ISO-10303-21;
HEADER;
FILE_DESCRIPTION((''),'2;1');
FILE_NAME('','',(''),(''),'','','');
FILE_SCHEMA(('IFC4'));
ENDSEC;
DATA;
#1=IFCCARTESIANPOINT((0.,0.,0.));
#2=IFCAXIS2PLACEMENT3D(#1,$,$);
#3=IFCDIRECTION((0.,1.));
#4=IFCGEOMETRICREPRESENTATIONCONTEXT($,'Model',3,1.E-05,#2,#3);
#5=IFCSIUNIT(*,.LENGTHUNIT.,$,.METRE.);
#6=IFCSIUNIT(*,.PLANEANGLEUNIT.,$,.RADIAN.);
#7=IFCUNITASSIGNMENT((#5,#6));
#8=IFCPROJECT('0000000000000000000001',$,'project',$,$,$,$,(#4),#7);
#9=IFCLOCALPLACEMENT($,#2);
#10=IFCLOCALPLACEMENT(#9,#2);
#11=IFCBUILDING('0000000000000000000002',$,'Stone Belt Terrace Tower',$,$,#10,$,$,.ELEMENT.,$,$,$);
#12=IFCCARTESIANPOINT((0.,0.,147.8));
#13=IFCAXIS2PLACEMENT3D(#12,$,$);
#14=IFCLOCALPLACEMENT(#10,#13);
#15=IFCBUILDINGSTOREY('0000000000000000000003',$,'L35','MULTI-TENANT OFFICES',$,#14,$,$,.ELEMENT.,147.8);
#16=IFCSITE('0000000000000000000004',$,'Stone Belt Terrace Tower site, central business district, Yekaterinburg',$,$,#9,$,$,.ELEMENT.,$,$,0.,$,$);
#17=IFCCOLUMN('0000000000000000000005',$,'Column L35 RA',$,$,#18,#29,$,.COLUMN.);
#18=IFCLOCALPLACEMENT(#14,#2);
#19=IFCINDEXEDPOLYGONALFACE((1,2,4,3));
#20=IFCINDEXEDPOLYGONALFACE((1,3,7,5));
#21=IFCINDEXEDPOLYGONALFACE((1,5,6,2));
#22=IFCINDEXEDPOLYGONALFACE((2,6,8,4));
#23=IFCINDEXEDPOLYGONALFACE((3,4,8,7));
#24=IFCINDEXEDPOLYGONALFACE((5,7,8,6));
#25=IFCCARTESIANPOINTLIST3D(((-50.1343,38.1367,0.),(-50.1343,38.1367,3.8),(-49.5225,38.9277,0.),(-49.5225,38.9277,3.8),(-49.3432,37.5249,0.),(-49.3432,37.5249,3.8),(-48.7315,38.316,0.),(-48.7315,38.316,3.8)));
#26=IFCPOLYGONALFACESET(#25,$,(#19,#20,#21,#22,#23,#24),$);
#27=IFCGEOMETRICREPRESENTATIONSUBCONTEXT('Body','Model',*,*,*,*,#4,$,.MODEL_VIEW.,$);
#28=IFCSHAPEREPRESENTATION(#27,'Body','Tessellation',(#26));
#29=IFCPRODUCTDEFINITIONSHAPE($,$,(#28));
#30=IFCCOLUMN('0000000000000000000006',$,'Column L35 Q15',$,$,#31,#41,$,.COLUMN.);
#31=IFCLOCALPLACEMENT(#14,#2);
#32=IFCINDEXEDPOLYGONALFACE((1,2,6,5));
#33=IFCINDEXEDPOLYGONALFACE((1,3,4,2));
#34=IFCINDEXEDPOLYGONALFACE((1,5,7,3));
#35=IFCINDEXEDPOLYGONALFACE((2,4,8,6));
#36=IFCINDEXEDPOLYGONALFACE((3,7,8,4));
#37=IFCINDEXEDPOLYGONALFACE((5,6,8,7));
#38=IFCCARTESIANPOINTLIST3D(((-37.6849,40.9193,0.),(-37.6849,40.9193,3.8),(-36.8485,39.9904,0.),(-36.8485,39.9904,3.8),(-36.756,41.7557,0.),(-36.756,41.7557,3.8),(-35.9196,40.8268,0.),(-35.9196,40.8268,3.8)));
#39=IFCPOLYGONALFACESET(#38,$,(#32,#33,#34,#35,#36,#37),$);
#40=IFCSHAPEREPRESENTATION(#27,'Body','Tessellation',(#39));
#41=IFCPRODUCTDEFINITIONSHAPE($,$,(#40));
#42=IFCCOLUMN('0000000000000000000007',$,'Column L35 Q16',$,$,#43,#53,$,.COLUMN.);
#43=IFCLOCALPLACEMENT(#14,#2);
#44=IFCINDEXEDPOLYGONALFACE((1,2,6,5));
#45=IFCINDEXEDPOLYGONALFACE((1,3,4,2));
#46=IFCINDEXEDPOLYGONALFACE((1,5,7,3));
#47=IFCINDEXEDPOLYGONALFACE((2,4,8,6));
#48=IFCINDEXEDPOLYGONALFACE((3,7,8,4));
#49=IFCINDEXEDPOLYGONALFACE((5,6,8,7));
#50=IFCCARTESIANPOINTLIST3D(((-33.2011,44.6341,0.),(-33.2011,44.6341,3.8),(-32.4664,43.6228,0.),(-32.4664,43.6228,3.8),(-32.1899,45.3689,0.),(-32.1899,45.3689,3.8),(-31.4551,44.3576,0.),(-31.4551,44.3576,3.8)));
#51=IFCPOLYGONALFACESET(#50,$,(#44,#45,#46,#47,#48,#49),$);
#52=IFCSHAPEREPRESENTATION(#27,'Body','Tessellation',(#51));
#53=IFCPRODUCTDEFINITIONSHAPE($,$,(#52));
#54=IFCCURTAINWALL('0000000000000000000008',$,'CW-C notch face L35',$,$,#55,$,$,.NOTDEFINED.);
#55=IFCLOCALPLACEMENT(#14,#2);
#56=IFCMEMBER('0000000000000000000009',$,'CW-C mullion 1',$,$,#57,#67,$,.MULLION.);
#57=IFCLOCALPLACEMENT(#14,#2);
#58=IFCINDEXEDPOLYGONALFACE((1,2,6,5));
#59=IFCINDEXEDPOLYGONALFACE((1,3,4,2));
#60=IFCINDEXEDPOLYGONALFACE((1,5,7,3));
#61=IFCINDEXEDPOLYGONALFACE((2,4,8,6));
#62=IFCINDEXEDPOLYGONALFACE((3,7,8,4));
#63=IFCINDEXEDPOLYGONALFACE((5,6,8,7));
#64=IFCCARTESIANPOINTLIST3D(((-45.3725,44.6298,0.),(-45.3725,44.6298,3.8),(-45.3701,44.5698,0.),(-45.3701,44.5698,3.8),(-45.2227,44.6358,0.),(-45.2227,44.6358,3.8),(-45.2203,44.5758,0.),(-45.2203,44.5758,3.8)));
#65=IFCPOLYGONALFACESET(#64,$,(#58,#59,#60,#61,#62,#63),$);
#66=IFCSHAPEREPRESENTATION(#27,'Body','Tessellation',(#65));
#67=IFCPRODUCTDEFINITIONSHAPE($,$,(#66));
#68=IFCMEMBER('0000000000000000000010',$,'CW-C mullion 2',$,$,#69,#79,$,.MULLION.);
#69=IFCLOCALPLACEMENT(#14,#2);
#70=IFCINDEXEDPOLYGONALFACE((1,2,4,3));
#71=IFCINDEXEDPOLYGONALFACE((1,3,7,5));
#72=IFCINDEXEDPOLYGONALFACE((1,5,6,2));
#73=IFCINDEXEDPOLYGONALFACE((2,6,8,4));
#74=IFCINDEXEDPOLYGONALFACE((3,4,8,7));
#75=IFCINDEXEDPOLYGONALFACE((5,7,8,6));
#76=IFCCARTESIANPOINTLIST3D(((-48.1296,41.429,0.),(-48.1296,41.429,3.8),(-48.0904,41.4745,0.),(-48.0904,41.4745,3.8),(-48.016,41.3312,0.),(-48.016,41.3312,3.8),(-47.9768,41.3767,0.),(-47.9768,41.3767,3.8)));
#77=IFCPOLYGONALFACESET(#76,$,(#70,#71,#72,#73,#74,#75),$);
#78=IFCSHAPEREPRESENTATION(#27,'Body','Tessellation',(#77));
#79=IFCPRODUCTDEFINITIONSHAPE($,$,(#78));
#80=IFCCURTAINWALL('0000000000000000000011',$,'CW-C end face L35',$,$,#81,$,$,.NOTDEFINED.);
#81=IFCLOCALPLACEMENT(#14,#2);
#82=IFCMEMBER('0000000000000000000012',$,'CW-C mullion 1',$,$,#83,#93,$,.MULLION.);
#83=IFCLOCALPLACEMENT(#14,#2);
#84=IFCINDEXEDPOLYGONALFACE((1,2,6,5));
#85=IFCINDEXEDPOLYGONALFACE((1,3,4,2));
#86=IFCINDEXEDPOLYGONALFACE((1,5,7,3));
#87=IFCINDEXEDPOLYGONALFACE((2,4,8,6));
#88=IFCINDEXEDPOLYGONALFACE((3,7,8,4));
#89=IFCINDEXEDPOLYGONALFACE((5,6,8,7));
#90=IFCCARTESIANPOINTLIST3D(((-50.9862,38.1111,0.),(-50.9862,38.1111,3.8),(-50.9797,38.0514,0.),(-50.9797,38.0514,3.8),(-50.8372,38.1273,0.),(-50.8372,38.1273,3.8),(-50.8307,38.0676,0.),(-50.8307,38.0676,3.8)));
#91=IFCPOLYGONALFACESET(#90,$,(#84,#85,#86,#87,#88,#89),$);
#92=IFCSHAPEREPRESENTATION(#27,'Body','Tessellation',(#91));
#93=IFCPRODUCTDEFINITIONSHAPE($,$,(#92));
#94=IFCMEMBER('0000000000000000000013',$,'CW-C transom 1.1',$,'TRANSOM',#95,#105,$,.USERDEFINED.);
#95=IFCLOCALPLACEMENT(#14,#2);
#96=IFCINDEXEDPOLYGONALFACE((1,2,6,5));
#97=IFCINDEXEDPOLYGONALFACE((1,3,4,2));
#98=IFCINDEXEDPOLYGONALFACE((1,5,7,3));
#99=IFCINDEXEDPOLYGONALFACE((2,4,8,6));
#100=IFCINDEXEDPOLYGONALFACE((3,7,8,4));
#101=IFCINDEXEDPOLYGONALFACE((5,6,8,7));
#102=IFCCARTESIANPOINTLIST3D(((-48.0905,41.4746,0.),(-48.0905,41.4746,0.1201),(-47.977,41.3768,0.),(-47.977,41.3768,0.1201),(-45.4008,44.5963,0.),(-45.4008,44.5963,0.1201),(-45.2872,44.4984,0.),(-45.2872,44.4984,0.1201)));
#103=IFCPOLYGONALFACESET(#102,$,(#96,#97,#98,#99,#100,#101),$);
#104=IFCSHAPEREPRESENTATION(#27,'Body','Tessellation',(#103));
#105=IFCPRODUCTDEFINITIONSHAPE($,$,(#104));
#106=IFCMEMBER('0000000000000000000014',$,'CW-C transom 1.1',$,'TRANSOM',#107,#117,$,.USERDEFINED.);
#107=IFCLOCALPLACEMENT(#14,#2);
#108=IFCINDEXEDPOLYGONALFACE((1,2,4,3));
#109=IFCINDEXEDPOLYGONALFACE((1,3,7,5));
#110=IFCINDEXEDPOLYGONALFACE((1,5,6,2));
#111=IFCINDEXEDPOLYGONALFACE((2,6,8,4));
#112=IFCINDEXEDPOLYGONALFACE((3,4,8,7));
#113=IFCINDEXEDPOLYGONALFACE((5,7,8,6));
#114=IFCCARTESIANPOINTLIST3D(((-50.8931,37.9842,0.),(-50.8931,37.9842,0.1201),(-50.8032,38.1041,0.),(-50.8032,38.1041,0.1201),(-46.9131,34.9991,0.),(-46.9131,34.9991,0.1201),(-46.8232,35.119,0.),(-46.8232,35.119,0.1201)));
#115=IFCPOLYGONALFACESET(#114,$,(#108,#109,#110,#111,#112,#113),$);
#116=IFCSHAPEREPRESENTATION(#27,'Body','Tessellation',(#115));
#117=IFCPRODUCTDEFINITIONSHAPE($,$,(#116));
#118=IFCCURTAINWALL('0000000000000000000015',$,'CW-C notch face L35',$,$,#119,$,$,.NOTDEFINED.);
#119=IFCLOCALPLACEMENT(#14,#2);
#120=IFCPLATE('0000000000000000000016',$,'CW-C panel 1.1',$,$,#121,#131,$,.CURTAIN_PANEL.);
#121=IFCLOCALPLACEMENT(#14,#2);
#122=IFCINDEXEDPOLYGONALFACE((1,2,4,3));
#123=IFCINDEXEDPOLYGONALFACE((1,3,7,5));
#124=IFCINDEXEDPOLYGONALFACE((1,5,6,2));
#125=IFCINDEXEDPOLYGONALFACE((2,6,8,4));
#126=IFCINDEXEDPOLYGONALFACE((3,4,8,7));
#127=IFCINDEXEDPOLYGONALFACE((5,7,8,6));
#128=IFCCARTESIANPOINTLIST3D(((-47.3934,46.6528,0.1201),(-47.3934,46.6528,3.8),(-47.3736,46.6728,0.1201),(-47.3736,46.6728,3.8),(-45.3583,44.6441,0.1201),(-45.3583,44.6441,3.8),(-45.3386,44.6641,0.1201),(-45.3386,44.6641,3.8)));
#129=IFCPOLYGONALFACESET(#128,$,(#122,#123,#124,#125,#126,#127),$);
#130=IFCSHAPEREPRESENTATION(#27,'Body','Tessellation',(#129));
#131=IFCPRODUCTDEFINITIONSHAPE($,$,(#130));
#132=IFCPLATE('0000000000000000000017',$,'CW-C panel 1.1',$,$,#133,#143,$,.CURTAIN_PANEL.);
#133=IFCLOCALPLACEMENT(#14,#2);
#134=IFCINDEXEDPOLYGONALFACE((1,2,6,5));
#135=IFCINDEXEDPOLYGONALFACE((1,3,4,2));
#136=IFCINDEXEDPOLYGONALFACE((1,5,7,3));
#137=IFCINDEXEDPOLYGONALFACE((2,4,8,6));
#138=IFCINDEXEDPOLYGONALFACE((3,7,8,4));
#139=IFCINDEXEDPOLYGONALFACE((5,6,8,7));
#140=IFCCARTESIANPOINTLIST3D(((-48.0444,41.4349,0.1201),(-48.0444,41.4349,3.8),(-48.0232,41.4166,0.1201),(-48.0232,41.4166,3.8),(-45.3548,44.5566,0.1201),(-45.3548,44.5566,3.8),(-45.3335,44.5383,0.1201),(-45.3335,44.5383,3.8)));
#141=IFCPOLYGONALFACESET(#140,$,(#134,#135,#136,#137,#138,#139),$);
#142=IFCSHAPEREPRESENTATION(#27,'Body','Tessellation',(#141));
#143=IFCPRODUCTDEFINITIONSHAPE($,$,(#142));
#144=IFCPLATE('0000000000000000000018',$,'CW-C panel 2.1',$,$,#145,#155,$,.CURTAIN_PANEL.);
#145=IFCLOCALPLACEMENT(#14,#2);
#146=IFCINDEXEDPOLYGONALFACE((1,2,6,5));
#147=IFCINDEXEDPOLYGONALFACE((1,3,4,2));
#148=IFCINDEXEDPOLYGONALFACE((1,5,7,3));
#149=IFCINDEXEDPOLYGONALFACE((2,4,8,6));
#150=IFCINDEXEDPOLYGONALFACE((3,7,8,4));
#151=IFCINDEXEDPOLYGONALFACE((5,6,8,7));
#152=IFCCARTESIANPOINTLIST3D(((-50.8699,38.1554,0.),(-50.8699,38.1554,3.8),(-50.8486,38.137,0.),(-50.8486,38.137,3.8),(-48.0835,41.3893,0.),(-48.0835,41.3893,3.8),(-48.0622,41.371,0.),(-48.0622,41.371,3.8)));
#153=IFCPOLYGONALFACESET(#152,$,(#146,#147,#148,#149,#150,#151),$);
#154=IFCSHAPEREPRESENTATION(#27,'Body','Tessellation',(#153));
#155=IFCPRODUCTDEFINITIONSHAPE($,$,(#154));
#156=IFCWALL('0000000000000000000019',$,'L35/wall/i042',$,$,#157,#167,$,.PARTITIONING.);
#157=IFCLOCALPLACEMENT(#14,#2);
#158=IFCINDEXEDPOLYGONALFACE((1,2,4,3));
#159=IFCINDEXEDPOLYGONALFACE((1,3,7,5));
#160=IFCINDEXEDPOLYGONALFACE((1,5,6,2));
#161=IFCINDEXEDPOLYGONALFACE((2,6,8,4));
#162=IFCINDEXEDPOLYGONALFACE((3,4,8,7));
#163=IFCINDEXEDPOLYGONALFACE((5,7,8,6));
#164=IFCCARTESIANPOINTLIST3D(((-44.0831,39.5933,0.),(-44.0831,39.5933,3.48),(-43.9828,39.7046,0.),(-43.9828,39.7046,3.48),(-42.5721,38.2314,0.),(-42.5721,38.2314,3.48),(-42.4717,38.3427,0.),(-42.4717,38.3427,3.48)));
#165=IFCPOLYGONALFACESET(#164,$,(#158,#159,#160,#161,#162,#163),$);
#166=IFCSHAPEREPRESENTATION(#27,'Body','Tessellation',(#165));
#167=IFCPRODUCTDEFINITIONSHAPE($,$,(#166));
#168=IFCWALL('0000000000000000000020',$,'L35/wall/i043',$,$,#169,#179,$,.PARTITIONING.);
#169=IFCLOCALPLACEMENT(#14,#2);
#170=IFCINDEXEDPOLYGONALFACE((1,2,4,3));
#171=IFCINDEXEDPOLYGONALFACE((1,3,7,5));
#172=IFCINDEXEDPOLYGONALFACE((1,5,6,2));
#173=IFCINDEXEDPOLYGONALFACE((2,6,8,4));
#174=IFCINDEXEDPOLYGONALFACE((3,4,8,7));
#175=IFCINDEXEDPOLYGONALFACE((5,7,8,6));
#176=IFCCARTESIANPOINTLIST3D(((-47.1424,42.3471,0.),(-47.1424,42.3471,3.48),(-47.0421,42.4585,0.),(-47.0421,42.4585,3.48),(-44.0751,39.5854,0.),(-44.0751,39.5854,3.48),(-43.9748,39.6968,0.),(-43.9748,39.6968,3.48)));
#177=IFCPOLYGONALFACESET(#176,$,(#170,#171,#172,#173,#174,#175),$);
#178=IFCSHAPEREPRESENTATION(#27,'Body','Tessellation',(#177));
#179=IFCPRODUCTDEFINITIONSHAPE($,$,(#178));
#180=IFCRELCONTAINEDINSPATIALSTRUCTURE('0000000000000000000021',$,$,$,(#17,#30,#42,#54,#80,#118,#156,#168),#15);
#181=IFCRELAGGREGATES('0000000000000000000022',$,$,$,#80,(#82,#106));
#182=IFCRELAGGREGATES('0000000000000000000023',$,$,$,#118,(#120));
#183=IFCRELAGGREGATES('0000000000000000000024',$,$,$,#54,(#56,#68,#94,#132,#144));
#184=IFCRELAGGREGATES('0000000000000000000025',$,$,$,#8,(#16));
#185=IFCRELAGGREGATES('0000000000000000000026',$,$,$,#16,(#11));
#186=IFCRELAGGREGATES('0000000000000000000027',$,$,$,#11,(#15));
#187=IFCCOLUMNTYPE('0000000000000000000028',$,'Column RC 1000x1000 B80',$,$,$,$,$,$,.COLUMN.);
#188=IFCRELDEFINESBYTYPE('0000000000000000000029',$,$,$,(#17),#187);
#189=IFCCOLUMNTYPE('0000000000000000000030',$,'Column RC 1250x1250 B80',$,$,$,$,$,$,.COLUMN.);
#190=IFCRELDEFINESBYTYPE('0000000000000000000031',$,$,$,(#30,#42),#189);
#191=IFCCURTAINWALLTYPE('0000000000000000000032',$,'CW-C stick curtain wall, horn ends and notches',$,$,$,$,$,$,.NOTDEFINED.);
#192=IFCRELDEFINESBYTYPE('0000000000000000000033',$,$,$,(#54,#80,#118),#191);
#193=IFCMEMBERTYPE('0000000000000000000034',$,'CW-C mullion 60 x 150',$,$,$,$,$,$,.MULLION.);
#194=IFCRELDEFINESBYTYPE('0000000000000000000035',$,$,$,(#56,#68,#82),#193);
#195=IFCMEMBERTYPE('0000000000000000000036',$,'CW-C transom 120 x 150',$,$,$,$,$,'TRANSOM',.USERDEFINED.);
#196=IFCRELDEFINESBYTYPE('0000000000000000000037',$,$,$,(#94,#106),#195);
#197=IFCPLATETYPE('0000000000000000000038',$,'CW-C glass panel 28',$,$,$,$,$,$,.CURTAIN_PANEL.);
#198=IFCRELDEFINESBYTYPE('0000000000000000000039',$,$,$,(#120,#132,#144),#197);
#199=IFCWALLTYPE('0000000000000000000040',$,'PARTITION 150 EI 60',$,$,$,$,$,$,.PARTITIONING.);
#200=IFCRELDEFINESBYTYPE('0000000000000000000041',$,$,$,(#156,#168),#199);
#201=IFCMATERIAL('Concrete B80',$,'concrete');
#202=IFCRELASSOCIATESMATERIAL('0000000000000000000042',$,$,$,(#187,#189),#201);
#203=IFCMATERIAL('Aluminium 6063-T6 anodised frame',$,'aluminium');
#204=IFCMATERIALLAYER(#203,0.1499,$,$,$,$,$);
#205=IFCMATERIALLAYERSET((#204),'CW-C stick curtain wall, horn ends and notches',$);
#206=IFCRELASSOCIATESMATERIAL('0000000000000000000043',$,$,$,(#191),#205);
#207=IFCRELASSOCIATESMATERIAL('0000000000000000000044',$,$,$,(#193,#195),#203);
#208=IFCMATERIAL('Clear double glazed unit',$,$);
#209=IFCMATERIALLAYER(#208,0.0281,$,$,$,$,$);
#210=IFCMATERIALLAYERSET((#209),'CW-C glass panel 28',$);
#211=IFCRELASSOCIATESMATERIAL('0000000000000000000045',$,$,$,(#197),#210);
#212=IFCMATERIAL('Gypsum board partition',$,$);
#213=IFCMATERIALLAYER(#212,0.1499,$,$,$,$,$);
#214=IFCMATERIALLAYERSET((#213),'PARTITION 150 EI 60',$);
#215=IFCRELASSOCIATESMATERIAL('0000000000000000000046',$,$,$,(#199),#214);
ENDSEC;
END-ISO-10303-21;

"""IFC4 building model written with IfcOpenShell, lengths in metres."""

from ifc_helpers import new_model, si_unit, direction, frame, frame_2d, origin, origin_2d, place, context, subcontext, project, spatial, rectangle, extrude, material, layer, layer_set, material_profile, profile_set, type_object, element, aggregate, save


model = new_model("IFC4")

# Units and contexts
model_context = context("Model", 3, precision=1e-05, world=origin(), true_north=direction((0.0, 1.0)))
body_context = subcontext(model_context, "Body", "Model", "MODEL_VIEW")
ifc_project = project(units=[si_unit("LENGTHUNIT", "METRE"), si_unit("PLANEANGLEUNIT", "RADIAN")], contexts=[model_context])

# Site, building, storey
site_placement = place(None, origin())
site = spatial("IfcSite", under=ifc_project, at=site_placement, Name="Stone Belt Terrace Tower site, central business district, Yekaterinburg", CompositionType="ELEMENT", RefElevation=0.0)
building_placement = place(site_placement, origin())
building = spatial("IfcBuilding", under=site, at=building_placement, Name="Stone Belt Terrace Tower", CompositionType="ELEMENT")
storey_placement = place(building_placement, frame((0.0, 0.0, 147.8)))
storey = spatial("IfcBuildingStorey", under=building, at=storey_placement, Name="L35", Description="MULTI-TENANT OFFICES", CompositionType="ELEMENT", Elevation=147.8)

# Columns
ifc_material_1 = material(Name="Concrete B80", Category="concrete")
ifc_material_profile_1 = material_profile(ifc_material_1, rectangle(XDim=1.0, YDim=1.0, at=origin_2d()), Name="RC 1000x1000")
ifc_profile_set_1 = profile_set([ifc_material_profile_1], Name="Concrete B80")
column_type_1 = type_object("IfcColumnType", Name="Column RC 1000x1000 B80", PredefinedType="COLUMN", material=ifc_profile_set_1)
column_placement = place(storey_placement, frame((-49.4329, 38.2263, 0.0), z_axis=(0.0, 0.0, 1.0), x_axis=(0.61173, 0.791067, 0.0)))
element("IfcColumn", 1, at=column_placement, inside=storey, type_object=column_type_1, Name="Column L35 RA", PredefinedType="COLUMN", context=body_context, shape_type="SweptSolid", body=[
    extrude(rectangle(XDim=1.0, YDim=1.0, at=origin_2d()), origin(), (0.0, 0.0, 1.0), 3.8),
])
ifc_material_profile_2 = material_profile(ifc_material_1, rectangle(XDim=1.25, YDim=1.25, at=origin_2d()), Name="RC 1250x1250")
ifc_profile_set_2 = profile_set([ifc_material_profile_2], Name="Concrete B80")
column_type_2 = type_object("IfcColumnType", Name="Column RC 1250x1250 B80", PredefinedType="COLUMN", material=ifc_profile_set_2)
for number, where, z_axis, x_axis, name in (
    (2, (-36.8022, 40.873, 0.0), (0.0, 0.0, 1.0), (0.743145, 0.669131, 0.0), "Column L35 Q15"),
    (3, (-32.3281, 44.4958, 0.0), (0.0, 0.0, 1.0), (0.809017, 0.587785, 0.0), "Column L35 Q16"),
):
    element("IfcColumn", number, at=place(storey_placement, frame(where, z_axis=z_axis, x_axis=x_axis)), inside=storey, type_object=column_type_2, Name=name, PredefinedType="COLUMN", context=body_context, shape_type="SweptSolid", body=[
        extrude(rectangle(XDim=1.25, YDim=1.25, at=origin_2d()), origin(), (0.0, 0.0, 1.0), 3.8),
    ])

# Curtain wall, members
ifc_material_2 = material(Name="Aluminium 6063-T6 anodised frame", Category="aluminium")
ifc_layer_1 = layer(ifc_material_2, 0.1499)
ifc_layer_set_1 = layer_set([ifc_layer_1], Name="CW-C stick curtain wall, horn ends and notches")
curtain_wall_type = type_object("IfcCurtainWallType", Name="CW-C stick curtain wall, horn ends and notches", PredefinedType="NOTDEFINED", material=ifc_layer_set_1)
curtain_wall_1_placement = place(storey_placement, origin())
curtain_wall_1 = element("IfcCurtainWall", 4, at=curtain_wall_1_placement, inside=storey, type_object=curtain_wall_type, Name="CW-C notch face L35", PredefinedType="NOTDEFINED")
ifc_material_profile_3 = material_profile(ifc_material_2, rectangle(XDim=0.1499, YDim=0.0601, at=origin_2d()), Name="Aluminium 6063-T6 60x150")
ifc_profile_set_3 = profile_set([ifc_material_profile_3], Name="Aluminium 6063-T6 anodised frame")
member_type_1 = type_object("IfcMemberType", Name="CW-C mullion 60 x 150", PredefinedType="MULLION", material=ifc_profile_set_3)
member_1_placement = place(storey_placement, frame((-45.2964, 44.6028, 0.0), z_axis=(0.0, 0.0, 1.0), x_axis=(0.999185, 0.04036, 0.0)))
member_1 = element("IfcMember", 5, at=member_1_placement, type_object=member_type_1, Name="CW-C mullion 1", PredefinedType="MULLION", context=body_context, shape_type="SweptSolid", body=[
    extrude(rectangle(XDim=0.1499, YDim=0.0601, at=origin_2d()), origin(), (0.0, 0.0, 1.0), 3.8),
])
member_2_placement = place(storey_placement, frame((-48.0532, 41.4028, 0.0), z_axis=(0.0, 0.0, 1.0), x_axis=(0.757584, -0.652738, 0.0)))
member_2 = element("IfcMember", 6, at=member_2_placement, type_object=member_type_1, Name="CW-C mullion 2", PredefinedType="MULLION", context=body_context, shape_type="SweptSolid", body=[
    extrude(rectangle(XDim=0.1499, YDim=0.0601, at=origin_2d()), origin(), (0.0, 0.0, 1.0), 3.8),
])

# Curtain wall, member
curtain_wall_2_placement = place(storey_placement, origin())
curtain_wall_2 = element("IfcCurtainWall", 7, at=curtain_wall_2_placement, inside=storey, type_object=curtain_wall_type, Name="CW-C end face L35", PredefinedType="NOTDEFINED")
member_3_placement = place(storey_placement, frame((-50.9084, 38.0894, 0.0), z_axis=(0.0, 0.0, 1.0), x_axis=(0.994169, 0.10783, 0.0)))
member_3 = element("IfcMember", 8, at=member_3_placement, type_object=member_type_1, Name="CW-C mullion 1", PredefinedType="MULLION", context=body_context, shape_type="SweptSolid", body=[
    extrude(rectangle(XDim=0.1499, YDim=0.0601, at=origin_2d()), origin(), (0.0, 0.0, 1.0), 3.8),
])

# Members
ifc_material_profile_4 = material_profile(ifc_material_2, rectangle(XDim=0.1499, YDim=0.1201, at=origin_2d()), Name="Aluminium 6063-T6 150x120")
ifc_profile_set_4 = profile_set([ifc_material_profile_4], Name="Aluminium 6063-T6 anodised frame")
member_type_2 = type_object("IfcMemberType", Name="CW-C transom 120 x 150", ElementType="TRANSOM", PredefinedType="USERDEFINED", material=ifc_profile_set_4)
member_4_placement = place(storey_placement, frame((-45.344, 44.5474, 0.0601), z_axis=(-0.652756, -0.757569, 0.0), x_axis=(0.757569, -0.652756, 0.0)))
member_4 = element("IfcMember", 9, at=member_4_placement, type_object=member_type_2, Name="CW-C transom 1.1", ObjectType="TRANSOM", PredefinedType="USERDEFINED", context=body_context, shape_type="SweptSolid", body=[
    extrude(rectangle(XDim=0.1499, YDim=0.1201, at=origin_2d()), origin(), (0.0, 0.0, 1.0), 4.1206),
])
member_5_placement = place(storey_placement, frame((-50.8481, 38.0442, 0.0601), z_axis=(0.799988, -0.600016, 0.0), x_axis=(0.600016, 0.799988, 0.0)))
member_5 = element("IfcMember", 10, at=member_5_placement, type_object=member_type_2, Name="CW-C transom 1.1", ObjectType="TRANSOM", PredefinedType="USERDEFINED", context=body_context, shape_type="SweptSolid", body=[
    extrude(rectangle(XDim=0.1499, YDim=0.1201, at=origin_2d()), origin(), (0.0, 0.0, 1.0), 4.9751),
])
aggregate(curtain_wall_2, [member_3, member_5])

# Curtain wall, plate
curtain_wall_3_placement = place(storey_placement, origin())
curtain_wall_3 = element("IfcCurtainWall", 11, at=curtain_wall_3_placement, inside=storey, type_object=curtain_wall_type, Name="CW-C notch face L35", PredefinedType="NOTDEFINED")
ifc_material_3 = material(Name="Clear double glazed unit")
ifc_layer_2 = layer(ifc_material_3, 0.0281)
ifc_layer_set_2 = layer_set([ifc_layer_2], Name="CW-C glass panel 28")
plate_type = type_object("IfcPlateType", Name="CW-C glass panel 28", PredefinedType="CURTAIN_PANEL", material=ifc_layer_set_2)
plate_1_placement = place(storey_placement, frame((-46.366, 45.6584, 0.1201), z_axis=(0.0, 0.0, 1.0), x_axis=(0.711713, -0.70247, 0.0)))
plate_1 = element("IfcPlate", 12, at=plate_1_placement, type_object=plate_type, Name="CW-C panel 1.1", PredefinedType="CURTAIN_PANEL", context=body_context, shape_type="SweptSolid", body=[
    extrude(rectangle(XDim=2.8594, YDim=0.0281, at=origin_2d()), origin(), (0.0, 0.0, 1.0), 3.6799),
])
aggregate(curtain_wall_3, [plate_1])

# Plates
plate_2_placement = place(storey_placement, frame((-46.689, 42.9866, 0.1201), z_axis=(0.0, 0.0, 1.0), x_axis=(-0.652738, -0.757584, 0.0)))
plate_2 = element("IfcPlate", 13, at=plate_2_placement, type_object=plate_type, Name="CW-C panel 1.1", PredefinedType="CURTAIN_PANEL", context=body_context, shape_type="SweptSolid", body=[
    extrude(rectangle(XDim=4.1206, YDim=0.0281, at=origin_2d()), origin(), (0.0, 0.0, 1.0), 3.6799),
])
plate_3_placement = place(storey_placement, frame((-49.4661, 39.7632, 0.0), z_axis=(0.0, 0.0, 1.0), x_axis=(-0.652738, -0.757584, 0.0)))
plate_3 = element("IfcPlate", 14, at=plate_3_placement, type_object=plate_type, Name="CW-C panel 2.1", PredefinedType="CURTAIN_PANEL", context=body_context, shape_type="SweptSolid", body=[
    extrude(rectangle(XDim=4.2688, YDim=0.0281, at=origin_2d()), origin(), (0.0, 0.0, 1.0), 3.8),
])
aggregate(curtain_wall_1, [member_1, member_2, member_4, plate_2, plate_3])

# Walls
ifc_material_4 = material(Name="Gypsum board partition")
ifc_layer_3 = layer(ifc_material_4, 0.1499)
ifc_layer_set_3 = layer_set([ifc_layer_3], Name="PARTITION 150 EI 60")
wall_type = type_object("IfcWallType", Name="PARTITION 150 EI 60", PredefinedType="PARTITIONING", material=ifc_layer_set_3)
wall_1_placement = place(storey_placement, frame((-44.033, 39.6489, 0.0), z_axis=(0.0, 0.0, 1.0), x_axis=(0.742822, -0.669488, 0.0)))
element("IfcWall", 15, at=wall_1_placement, inside=storey, type_object=wall_type, Name="L35/wall/i042", PredefinedType="PARTITIONING", context=body_context, shape_type="SweptSolid", body=[
    extrude(rectangle(XDim=2.0342, YDim=0.1499, at=frame_2d((1.0171, 0.0))), origin(), (0.0, 0.0, 1.0), 3.48),
])
wall_2_placement = place(storey_placement, frame((-47.0923, 42.4028, 0.0), z_axis=(0.0, 0.0, 1.0), x_axis=(0.743165, -0.669109, 0.0)))
element("IfcWall", 16, at=wall_2_placement, inside=storey, type_object=wall_type, Name="L35/wall/i043", PredefinedType="PARTITIONING", context=body_context, shape_type="SweptSolid", body=[
    extrude(rectangle(XDim=4.1274, YDim=0.1499, at=frame_2d((2.0637, 0.0))), origin(), (0.0, 0.0, 1.0), 3.48),
])

save(model, "model.ifc")
